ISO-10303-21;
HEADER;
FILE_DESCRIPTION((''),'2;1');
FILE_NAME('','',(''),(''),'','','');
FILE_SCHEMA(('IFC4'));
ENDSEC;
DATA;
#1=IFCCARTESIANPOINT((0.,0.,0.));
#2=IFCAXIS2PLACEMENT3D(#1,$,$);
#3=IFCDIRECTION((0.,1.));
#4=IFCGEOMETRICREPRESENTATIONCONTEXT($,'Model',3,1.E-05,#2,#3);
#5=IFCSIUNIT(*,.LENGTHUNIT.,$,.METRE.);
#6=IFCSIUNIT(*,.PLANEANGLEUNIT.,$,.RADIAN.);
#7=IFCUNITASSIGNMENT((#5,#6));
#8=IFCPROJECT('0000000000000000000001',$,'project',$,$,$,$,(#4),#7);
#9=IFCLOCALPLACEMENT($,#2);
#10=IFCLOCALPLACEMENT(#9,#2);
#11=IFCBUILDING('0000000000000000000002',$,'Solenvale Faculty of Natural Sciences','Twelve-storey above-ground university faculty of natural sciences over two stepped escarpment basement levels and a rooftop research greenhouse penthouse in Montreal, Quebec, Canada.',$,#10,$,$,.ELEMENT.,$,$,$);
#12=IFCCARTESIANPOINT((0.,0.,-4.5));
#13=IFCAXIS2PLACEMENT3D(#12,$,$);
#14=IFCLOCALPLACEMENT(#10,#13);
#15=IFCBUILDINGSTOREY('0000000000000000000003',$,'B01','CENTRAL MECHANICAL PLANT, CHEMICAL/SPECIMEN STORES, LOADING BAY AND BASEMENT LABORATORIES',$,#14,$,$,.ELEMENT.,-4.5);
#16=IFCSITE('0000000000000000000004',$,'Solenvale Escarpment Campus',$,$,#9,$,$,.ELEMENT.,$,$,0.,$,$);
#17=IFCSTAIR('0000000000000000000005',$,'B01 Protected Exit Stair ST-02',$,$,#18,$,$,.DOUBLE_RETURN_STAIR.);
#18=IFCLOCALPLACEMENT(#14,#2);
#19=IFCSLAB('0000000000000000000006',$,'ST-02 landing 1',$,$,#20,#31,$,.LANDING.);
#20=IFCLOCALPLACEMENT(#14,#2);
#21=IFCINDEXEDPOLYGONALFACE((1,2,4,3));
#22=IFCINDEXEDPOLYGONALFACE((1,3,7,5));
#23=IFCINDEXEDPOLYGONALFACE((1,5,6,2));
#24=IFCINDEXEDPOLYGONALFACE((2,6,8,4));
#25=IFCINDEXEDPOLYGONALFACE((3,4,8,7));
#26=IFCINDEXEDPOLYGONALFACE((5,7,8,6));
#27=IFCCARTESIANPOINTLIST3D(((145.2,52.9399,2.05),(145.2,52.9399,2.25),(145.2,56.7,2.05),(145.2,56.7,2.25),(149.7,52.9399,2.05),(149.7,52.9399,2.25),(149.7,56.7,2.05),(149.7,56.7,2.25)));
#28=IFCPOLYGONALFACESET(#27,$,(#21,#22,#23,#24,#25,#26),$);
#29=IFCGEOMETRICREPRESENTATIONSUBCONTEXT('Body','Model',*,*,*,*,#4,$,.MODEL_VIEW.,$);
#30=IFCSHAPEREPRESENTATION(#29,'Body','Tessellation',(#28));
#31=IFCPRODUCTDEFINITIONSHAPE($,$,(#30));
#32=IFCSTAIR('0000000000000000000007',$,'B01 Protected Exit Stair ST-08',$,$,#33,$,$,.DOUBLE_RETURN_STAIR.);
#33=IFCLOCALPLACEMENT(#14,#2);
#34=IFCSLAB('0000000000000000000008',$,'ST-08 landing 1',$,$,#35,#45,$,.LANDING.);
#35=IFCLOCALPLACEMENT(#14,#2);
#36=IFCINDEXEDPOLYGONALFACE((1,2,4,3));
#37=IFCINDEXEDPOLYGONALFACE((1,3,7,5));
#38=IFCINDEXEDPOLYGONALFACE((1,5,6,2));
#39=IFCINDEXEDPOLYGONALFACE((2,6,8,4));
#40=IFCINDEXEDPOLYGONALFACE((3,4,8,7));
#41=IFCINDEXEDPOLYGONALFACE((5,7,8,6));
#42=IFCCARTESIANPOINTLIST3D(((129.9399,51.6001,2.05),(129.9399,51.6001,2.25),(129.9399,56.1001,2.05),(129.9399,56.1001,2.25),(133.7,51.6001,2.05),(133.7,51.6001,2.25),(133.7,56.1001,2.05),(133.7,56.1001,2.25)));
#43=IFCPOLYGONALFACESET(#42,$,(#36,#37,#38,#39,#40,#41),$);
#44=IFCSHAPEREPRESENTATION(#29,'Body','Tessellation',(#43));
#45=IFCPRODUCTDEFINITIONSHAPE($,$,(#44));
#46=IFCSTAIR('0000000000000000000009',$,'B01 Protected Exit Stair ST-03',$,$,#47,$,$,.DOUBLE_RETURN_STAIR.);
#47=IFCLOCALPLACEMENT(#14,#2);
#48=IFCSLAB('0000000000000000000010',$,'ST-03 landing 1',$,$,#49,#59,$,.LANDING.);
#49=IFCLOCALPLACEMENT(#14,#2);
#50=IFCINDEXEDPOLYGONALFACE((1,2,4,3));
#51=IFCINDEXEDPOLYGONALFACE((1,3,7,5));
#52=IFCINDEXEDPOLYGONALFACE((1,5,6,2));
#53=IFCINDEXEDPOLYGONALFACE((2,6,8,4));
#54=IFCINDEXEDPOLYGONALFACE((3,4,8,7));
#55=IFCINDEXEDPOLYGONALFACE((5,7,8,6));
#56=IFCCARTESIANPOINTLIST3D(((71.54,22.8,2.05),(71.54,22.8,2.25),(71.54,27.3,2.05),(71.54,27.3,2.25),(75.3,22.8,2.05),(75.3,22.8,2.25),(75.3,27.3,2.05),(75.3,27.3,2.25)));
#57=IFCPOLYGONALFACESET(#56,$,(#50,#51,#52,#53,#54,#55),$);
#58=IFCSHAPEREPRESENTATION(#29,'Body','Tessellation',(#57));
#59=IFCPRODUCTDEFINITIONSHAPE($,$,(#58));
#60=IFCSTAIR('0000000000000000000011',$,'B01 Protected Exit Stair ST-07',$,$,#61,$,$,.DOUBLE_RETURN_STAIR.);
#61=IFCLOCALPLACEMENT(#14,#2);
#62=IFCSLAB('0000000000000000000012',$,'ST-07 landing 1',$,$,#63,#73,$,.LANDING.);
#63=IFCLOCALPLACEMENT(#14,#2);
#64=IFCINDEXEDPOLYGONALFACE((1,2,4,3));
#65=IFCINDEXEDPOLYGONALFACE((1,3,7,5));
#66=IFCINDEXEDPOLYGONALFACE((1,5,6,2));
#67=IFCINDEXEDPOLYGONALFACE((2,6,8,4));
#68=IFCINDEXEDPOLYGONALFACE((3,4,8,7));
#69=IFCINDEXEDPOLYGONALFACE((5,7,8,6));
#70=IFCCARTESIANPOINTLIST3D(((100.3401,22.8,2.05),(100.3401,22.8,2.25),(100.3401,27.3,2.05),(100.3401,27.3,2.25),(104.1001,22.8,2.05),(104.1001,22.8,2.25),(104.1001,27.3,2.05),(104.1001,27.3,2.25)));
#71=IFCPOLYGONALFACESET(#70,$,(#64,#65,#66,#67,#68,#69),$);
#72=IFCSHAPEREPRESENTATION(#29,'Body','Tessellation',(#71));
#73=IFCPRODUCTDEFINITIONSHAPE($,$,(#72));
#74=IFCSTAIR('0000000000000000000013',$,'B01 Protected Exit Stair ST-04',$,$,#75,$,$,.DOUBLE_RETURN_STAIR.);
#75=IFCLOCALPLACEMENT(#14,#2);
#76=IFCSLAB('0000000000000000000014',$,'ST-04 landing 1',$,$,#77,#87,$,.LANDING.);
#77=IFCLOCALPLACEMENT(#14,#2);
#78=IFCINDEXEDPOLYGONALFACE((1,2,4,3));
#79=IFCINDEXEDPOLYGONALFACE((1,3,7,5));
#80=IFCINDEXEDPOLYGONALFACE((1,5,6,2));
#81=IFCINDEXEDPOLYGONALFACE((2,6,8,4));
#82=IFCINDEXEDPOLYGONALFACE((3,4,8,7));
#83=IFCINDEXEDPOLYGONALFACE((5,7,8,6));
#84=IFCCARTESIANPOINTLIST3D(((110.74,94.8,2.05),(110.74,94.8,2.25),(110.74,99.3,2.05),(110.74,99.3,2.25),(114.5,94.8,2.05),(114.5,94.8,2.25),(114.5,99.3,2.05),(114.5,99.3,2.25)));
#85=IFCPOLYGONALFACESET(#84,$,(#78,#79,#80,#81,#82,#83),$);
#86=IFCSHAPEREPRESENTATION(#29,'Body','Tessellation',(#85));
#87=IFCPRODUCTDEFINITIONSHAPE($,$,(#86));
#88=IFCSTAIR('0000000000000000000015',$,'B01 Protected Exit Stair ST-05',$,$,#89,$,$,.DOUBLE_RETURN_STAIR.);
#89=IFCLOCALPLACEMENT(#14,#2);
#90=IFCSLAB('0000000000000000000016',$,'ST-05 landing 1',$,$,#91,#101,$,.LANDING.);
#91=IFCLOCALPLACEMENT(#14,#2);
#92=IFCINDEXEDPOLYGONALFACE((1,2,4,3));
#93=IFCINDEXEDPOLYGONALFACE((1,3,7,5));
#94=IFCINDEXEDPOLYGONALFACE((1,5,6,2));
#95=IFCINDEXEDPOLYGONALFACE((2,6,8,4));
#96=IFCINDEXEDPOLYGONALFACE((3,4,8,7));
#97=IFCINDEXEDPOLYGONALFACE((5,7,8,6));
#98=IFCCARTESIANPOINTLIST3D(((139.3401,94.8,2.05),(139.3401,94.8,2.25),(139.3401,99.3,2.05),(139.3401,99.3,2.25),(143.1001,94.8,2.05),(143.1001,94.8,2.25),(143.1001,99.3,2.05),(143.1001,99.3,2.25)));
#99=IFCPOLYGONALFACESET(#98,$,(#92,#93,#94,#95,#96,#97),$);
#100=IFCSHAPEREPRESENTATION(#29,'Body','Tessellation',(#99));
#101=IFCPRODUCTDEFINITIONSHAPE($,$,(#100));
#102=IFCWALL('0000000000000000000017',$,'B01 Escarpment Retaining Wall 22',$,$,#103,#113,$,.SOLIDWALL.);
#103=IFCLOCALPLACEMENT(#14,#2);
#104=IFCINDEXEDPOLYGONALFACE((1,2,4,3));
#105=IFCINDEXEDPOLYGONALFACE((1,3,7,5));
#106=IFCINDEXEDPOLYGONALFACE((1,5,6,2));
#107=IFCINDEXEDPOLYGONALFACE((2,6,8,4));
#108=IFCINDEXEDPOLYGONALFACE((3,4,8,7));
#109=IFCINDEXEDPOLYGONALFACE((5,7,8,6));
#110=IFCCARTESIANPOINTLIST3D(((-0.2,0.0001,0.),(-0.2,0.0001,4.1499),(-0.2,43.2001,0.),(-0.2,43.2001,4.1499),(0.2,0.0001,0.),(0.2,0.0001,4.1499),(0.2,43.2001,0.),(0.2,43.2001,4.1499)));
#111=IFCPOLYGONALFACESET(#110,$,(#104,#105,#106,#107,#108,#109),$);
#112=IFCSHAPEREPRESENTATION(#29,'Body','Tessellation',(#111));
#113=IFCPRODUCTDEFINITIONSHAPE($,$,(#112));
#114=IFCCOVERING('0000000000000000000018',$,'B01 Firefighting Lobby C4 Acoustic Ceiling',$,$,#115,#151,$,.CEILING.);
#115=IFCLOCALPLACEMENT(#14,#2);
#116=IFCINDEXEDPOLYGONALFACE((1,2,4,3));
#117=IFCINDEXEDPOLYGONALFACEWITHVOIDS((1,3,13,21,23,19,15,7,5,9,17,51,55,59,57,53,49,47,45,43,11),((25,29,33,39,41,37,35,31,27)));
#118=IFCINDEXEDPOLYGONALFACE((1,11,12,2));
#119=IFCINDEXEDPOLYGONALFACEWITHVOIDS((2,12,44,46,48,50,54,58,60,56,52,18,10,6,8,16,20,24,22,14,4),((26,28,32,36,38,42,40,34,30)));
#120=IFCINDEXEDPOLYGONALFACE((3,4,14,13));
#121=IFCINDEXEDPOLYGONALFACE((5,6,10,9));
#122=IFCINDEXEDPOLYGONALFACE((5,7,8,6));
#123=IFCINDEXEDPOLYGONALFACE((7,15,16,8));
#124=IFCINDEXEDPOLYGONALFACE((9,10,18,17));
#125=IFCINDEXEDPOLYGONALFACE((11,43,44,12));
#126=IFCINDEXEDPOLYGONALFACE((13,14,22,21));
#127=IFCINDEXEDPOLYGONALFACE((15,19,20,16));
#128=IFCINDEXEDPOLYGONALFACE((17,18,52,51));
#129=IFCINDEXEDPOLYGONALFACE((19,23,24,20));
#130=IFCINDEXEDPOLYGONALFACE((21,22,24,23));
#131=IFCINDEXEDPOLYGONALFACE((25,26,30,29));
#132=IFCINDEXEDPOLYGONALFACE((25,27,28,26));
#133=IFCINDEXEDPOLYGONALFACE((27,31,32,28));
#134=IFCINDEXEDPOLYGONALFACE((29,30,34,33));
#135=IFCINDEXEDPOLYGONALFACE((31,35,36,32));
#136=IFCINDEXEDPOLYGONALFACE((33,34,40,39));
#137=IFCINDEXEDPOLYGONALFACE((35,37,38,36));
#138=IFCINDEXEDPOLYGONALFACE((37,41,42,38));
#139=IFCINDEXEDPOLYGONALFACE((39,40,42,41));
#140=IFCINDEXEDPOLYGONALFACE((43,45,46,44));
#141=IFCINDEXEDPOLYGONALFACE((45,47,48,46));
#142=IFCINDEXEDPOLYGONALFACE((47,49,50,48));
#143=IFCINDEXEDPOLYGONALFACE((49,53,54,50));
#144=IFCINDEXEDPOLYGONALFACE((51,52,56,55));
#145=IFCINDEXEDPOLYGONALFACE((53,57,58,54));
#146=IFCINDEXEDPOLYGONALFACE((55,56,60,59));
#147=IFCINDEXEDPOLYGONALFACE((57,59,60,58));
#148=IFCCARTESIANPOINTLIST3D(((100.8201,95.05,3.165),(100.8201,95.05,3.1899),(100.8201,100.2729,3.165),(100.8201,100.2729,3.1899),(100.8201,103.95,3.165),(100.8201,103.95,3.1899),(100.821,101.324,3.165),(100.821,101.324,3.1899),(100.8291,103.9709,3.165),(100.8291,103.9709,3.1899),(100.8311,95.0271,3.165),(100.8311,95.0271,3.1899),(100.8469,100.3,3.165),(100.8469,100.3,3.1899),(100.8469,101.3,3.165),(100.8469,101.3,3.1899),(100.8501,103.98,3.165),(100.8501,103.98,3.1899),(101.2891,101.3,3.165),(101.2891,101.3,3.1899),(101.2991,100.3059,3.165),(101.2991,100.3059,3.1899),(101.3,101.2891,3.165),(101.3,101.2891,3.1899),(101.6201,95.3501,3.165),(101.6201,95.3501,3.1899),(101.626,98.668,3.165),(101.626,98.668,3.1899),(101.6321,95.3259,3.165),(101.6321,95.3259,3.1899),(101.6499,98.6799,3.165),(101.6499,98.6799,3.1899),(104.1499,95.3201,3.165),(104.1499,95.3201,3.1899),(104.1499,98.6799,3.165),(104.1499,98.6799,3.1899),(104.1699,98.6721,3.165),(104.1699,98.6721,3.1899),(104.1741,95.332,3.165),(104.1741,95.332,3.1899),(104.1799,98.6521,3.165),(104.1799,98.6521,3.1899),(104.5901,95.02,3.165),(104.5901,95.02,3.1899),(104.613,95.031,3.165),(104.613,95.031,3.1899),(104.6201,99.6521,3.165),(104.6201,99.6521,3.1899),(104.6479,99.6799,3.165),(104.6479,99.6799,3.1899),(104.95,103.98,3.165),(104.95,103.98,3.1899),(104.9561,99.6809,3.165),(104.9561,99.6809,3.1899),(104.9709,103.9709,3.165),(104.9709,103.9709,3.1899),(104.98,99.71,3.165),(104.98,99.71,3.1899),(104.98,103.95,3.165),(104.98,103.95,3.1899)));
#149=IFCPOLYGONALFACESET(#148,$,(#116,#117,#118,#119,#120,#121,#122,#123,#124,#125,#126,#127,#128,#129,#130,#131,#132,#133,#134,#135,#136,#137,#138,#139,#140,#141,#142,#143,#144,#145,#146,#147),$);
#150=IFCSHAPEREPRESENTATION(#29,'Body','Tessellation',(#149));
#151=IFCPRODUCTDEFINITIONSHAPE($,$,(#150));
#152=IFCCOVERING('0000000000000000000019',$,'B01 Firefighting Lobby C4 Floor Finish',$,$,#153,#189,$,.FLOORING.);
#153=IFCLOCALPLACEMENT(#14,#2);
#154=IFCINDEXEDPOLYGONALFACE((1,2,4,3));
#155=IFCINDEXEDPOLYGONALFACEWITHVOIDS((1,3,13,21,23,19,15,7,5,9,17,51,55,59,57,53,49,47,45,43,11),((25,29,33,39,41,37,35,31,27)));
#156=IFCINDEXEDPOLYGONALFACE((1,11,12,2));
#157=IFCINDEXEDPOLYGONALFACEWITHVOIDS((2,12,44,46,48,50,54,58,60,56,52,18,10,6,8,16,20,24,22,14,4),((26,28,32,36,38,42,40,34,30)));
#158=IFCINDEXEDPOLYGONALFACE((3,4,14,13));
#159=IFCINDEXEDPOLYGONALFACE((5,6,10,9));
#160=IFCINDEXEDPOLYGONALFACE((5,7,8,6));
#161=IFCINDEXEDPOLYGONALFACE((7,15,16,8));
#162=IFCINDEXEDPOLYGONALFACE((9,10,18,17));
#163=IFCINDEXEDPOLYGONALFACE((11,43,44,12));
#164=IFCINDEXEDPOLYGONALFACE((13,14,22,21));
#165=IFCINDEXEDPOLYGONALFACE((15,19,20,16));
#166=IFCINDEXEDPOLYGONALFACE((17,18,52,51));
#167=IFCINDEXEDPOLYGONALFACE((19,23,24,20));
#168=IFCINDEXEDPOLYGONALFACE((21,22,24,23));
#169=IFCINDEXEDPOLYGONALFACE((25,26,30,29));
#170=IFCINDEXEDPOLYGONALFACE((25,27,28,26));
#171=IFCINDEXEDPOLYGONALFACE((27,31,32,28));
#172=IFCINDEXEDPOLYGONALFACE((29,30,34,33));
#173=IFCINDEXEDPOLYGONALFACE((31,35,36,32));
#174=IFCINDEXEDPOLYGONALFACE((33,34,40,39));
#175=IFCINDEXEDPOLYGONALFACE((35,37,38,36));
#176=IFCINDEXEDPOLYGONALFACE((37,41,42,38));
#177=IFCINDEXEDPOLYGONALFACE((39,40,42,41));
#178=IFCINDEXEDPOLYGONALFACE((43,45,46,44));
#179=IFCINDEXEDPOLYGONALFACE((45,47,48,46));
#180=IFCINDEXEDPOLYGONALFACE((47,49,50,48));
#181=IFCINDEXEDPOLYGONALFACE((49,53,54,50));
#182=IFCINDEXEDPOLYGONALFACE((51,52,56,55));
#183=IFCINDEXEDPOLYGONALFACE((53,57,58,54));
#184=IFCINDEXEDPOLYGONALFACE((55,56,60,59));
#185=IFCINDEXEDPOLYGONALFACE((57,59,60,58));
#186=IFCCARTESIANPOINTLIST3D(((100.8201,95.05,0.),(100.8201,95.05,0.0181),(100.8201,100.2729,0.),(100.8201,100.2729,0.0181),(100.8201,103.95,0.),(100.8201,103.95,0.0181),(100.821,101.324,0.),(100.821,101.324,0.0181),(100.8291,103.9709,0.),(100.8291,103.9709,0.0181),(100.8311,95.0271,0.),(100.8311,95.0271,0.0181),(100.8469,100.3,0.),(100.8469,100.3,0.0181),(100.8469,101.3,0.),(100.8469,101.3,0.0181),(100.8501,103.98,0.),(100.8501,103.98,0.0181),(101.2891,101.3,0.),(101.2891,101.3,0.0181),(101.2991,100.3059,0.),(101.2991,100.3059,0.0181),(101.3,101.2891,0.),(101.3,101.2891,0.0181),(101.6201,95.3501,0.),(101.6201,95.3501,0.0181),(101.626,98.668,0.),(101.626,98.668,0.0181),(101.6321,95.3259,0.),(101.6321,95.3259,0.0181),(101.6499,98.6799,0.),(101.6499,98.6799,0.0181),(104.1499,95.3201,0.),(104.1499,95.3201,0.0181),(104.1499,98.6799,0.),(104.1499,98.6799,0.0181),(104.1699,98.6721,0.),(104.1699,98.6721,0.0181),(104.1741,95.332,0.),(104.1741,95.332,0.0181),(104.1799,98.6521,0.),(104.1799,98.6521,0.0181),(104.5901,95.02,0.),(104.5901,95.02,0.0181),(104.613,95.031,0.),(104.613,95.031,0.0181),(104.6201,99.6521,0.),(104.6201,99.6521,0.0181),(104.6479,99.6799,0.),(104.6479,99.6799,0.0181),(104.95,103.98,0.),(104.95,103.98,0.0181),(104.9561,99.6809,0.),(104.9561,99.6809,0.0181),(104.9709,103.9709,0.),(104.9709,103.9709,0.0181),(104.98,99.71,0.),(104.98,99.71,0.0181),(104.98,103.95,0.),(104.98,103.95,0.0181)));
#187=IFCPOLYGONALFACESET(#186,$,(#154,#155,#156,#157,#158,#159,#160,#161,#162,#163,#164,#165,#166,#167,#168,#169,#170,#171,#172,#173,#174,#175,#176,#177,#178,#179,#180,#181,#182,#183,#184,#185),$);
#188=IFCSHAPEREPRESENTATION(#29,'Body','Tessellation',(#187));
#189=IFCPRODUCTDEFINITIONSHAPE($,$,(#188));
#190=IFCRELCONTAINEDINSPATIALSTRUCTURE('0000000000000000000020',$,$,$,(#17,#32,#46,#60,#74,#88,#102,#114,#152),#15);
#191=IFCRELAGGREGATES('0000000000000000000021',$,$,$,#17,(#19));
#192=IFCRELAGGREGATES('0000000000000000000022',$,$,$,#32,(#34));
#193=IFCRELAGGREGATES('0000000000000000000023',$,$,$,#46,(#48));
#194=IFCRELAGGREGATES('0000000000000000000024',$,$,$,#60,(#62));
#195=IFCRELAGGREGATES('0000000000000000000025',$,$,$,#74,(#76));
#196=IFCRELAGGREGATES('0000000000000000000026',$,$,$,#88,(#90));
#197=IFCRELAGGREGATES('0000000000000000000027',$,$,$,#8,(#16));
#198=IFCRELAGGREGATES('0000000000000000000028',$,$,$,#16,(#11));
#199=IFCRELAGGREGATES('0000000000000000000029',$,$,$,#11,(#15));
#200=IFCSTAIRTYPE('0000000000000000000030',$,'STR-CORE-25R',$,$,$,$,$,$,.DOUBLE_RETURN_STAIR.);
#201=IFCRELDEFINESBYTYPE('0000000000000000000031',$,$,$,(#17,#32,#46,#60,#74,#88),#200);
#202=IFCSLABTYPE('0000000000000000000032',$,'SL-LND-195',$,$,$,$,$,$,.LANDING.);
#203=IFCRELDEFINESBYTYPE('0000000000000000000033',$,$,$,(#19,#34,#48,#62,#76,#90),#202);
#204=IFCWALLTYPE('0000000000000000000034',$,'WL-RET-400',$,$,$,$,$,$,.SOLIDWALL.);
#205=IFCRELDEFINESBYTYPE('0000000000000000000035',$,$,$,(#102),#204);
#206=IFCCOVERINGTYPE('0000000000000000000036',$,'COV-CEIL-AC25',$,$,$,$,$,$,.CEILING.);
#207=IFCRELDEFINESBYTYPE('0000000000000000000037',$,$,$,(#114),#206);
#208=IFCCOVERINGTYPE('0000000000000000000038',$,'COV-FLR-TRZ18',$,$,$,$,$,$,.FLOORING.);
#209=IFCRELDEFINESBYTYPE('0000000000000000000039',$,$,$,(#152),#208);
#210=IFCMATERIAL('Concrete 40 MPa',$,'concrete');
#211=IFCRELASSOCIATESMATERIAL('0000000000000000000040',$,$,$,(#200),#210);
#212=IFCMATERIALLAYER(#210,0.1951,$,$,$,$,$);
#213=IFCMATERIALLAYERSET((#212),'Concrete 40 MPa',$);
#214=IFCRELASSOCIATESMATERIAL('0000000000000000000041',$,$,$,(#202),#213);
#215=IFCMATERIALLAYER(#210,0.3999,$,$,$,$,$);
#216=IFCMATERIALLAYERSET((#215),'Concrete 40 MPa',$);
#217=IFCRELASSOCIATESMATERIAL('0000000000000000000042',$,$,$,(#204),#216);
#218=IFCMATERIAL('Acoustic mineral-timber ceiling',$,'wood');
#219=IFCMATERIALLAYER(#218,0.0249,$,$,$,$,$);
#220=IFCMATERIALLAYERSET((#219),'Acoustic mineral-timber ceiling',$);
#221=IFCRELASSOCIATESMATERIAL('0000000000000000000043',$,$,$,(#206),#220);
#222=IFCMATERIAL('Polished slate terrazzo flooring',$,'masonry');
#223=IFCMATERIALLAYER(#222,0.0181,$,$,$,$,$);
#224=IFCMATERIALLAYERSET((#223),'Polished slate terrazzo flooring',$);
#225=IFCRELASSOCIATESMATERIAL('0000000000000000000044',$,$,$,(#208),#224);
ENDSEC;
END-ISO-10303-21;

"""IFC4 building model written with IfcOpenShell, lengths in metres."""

from ifc_helpers import new_model, si_unit, direction, frame, frame_2d, origin, place, context, subcontext, project, spatial, polyline, rectangle, outline, extrude, material, layer, layer_set, type_object, element, aggregate, save


model = new_model("IFC4")

# Units and contexts
model_context = context("Model", 3, precision=1e-05, world=origin(), true_north=direction((0.0, 1.0)))
body_context = subcontext(model_context, "Body", "Model", "MODEL_VIEW")
ifc_project = project(units=[si_unit("LENGTHUNIT", "METRE"), si_unit("PLANEANGLEUNIT", "RADIAN")], contexts=[model_context])

# Site, building, storey
site_placement = place(None, origin())
site = spatial("IfcSite", under=ifc_project, at=site_placement, Name="Solenvale Escarpment Campus", CompositionType="ELEMENT", RefElevation=0.0)
building_placement = place(site_placement, origin())
building = spatial("IfcBuilding", under=site, at=building_placement, Name="Solenvale Faculty of Natural Sciences", Description="Twelve-storey above-ground university faculty of natural sciences over two stepped escarpment basement levels and a rooftop research greenhouse penthouse in Montreal, Quebec, Canada.", CompositionType="ELEMENT")
storey_placement = place(building_placement, frame((0.0, 0.0, -4.5)))
storey = spatial("IfcBuildingStorey", under=building, at=storey_placement, Name="B01", Description="CENTRAL MECHANICAL PLANT, CHEMICAL/SPECIMEN STORES, LOADING BAY AND BASEMENT LABORATORIES", CompositionType="ELEMENT", Elevation=-4.5)

# Shared definitions
ifc_material_1 = material(Name="Concrete 40 MPa", Category="concrete")

# Stairs, slabs
stair_type = type_object("IfcStairType", Name="STR-CORE-25R", PredefinedType="DOUBLE_RETURN_STAIR", material=ifc_material_1)
ifc_layer_1 = layer(ifc_material_1, 0.1951)
ifc_layer_set_1 = layer_set([ifc_layer_1], Name="Concrete 40 MPa")
slab_type_1 = type_object("IfcSlabType", Name="SL-LND-195", PredefinedType="LANDING", material=ifc_layer_set_1)
stair_1_placement = place(storey_placement, origin())
stair_1 = element("IfcStair", 1, at=stair_1_placement, inside=storey, type_object=stair_type, Name="B01 Protected Exit Stair ST-02", PredefinedType="DOUBLE_RETURN_STAIR")
slab_1_placement = place(storey_placement, frame((0.0, 0.0, 2.05)))
slab_1 = element("IfcSlab", 2, at=slab_1_placement, type_object=slab_type_1, Name="ST-02 landing 1", PredefinedType="LANDING", context=body_context, shape_type="SweptSolid", body=[
    extrude(outline(polyline([(149.7, 52.9399), (149.7, 56.7), (145.2, 56.7), (145.2, 52.9399), (149.7, 52.9399)])), origin(), (0.0, 0.0, 1.0), 0.2),
])
aggregate(stair_1, [slab_1])
stair_2_placement = place(storey_placement, origin())
stair_2 = element("IfcStair", 3, at=stair_2_placement, inside=storey, type_object=stair_type, Name="B01 Protected Exit Stair ST-08", PredefinedType="DOUBLE_RETURN_STAIR")
slab_2_placement = place(storey_placement, frame((0.0, 0.0, 2.05)))
slab_2 = element("IfcSlab", 4, at=slab_2_placement, type_object=slab_type_1, Name="ST-08 landing 1", PredefinedType="LANDING", context=body_context, shape_type="SweptSolid", body=[
    extrude(outline(polyline([(129.9399, 51.6001), (133.7, 51.6001), (133.7, 56.1001), (129.9399, 56.1001), (129.9399, 51.6001)])), origin(), (0.0, 0.0, 1.0), 0.2),
])
aggregate(stair_2, [slab_2])
stair_3_placement = place(storey_placement, origin())
stair_3 = element("IfcStair", 5, at=stair_3_placement, inside=storey, type_object=stair_type, Name="B01 Protected Exit Stair ST-03", PredefinedType="DOUBLE_RETURN_STAIR")
slab_3_placement = place(storey_placement, frame((0.0, 0.0, 2.05)))
slab_3 = element("IfcSlab", 6, at=slab_3_placement, type_object=slab_type_1, Name="ST-03 landing 1", PredefinedType="LANDING", context=body_context, shape_type="SweptSolid", body=[
    extrude(outline(polyline([(71.54, 22.8), (75.3, 22.8), (75.3, 27.3), (71.54, 27.3), (71.54, 22.8)])), origin(), (0.0, 0.0, 1.0), 0.2),
])
aggregate(stair_3, [slab_3])
stair_4_placement = place(storey_placement, origin())
stair_4 = element("IfcStair", 7, at=stair_4_placement, inside=storey, type_object=stair_type, Name="B01 Protected Exit Stair ST-07", PredefinedType="DOUBLE_RETURN_STAIR")
slab_4_placement = place(storey_placement, frame((0.0, 0.0, 2.05)))
slab_4 = element("IfcSlab", 8, at=slab_4_placement, type_object=slab_type_1, Name="ST-07 landing 1", PredefinedType="LANDING", context=body_context, shape_type="SweptSolid", body=[
    extrude(outline(polyline([(100.3401, 22.8), (104.1001, 22.8), (104.1001, 27.3), (100.3401, 27.3), (100.3401, 22.8)])), origin(), (0.0, 0.0, 1.0), 0.2),
])
aggregate(stair_4, [slab_4])
stair_5_placement = place(storey_placement, origin())
stair_5 = element("IfcStair", 9, at=stair_5_placement, inside=storey, type_object=stair_type, Name="B01 Protected Exit Stair ST-04", PredefinedType="DOUBLE_RETURN_STAIR")
slab_5_placement = place(storey_placement, frame((0.0, 0.0, 2.05)))
slab_5 = element("IfcSlab", 10, at=slab_5_placement, type_object=slab_type_1, Name="ST-04 landing 1", PredefinedType="LANDING", context=body_context, shape_type="SweptSolid", body=[
    extrude(outline(polyline([(110.74, 94.8), (114.5, 94.8), (114.5, 99.3), (110.74, 99.3), (110.74, 94.8)])), origin(), (0.0, 0.0, 1.0), 0.2),
])
aggregate(stair_5, [slab_5])
stair_6_placement = place(storey_placement, origin())
stair_6 = element("IfcStair", 11, at=stair_6_placement, inside=storey, type_object=stair_type, Name="B01 Protected Exit Stair ST-05", PredefinedType="DOUBLE_RETURN_STAIR")
slab_6_placement = place(storey_placement, frame((0.0, 0.0, 2.05)))
slab_6 = element("IfcSlab", 12, at=slab_6_placement, type_object=slab_type_1, Name="ST-05 landing 1", PredefinedType="LANDING", context=body_context, shape_type="SweptSolid", body=[
    extrude(outline(polyline([(139.3401, 94.8), (143.1001, 94.8), (143.1001, 99.3), (139.3401, 99.3), (139.3401, 94.8)])), origin(), (0.0, 0.0, 1.0), 0.2),
])
aggregate(stair_6, [slab_6])

# Wall
ifc_layer_2 = layer(ifc_material_1, 0.3999)
ifc_layer_set_2 = layer_set([ifc_layer_2], Name="Concrete 40 MPa")
wall_type = type_object("IfcWallType", Name="WL-RET-400", PredefinedType="SOLIDWALL", material=ifc_layer_set_2)
wall_placement = place(storey_placement, frame((0.0, 0.0, 0.0), z_axis=(0.0, 0.0, 1.0), x_axis=(0.0, 1.0, 0.0)))
element("IfcWall", 13, at=wall_placement, inside=storey, type_object=wall_type, Name="B01 Escarpment Retaining Wall 22", PredefinedType="SOLIDWALL", context=body_context, shape_type="SweptSolid", body=[
    extrude(rectangle(XDim=43.2, YDim=0.3999, at=frame_2d((21.6001, 0.0))), origin(), (0.0, 0.0, 1.0), 4.1499),
])

# Coverings
ifc_material_2 = material(Name="Acoustic mineral-timber ceiling", Category="wood")
ifc_layer_3 = layer(ifc_material_2, 0.0249)
ifc_layer_set_3 = layer_set([ifc_layer_3], Name="Acoustic mineral-timber ceiling")
covering_type_1 = type_object("IfcCoveringType", Name="COV-CEIL-AC25", PredefinedType="CEILING", material=ifc_layer_set_3)
covering_1_placement = place(storey_placement, frame((0.0, 0.0, 3.165)))
element("IfcCovering", 14, at=covering_1_placement, inside=storey, type_object=covering_type_1, Name="B01 Firefighting Lobby C4 Acoustic Ceiling", PredefinedType="CEILING", context=body_context, shape_type="SweptSolid", body=[
    extrude(outline(polyline([(104.98, 99.71), (104.9561, 99.6809), (104.6479, 99.6799), (104.6201, 99.6521), (104.613, 95.031), (104.5901, 95.02), (100.8311, 95.0271), (100.8201, 95.05), (100.8201, 100.2729), (100.8469, 100.3), (101.2991, 100.3059), (101.3, 101.2891), (101.2891, 101.3), (100.8469, 101.3), (100.821, 101.324), (100.8201, 103.95), (100.8291, 103.9709), (100.8501, 103.98), (104.95, 103.98), (104.9709, 103.9709), (104.98, 103.95), (104.98, 99.71)]), holes=[polyline([(104.1799, 98.6521), (104.1699, 98.6721), (104.1499, 98.6799), (101.6499, 98.6799), (101.626, 98.668), (101.6201, 95.3501), (101.6321, 95.3259), (104.1499, 95.3201), (104.1741, 95.332), (104.1799, 98.6521)])]), origin(), (0.0, 0.0, 1.0), 0.0249),
])
ifc_material_3 = material(Name="Polished slate terrazzo flooring", Category="masonry")
ifc_layer_4 = layer(ifc_material_3, 0.0181)
ifc_layer_set_4 = layer_set([ifc_layer_4], Name="Polished slate terrazzo flooring")
covering_type_2 = type_object("IfcCoveringType", Name="COV-FLR-TRZ18", PredefinedType="FLOORING", material=ifc_layer_set_4)
covering_2_placement = place(storey_placement, origin())
element("IfcCovering", 15, at=covering_2_placement, inside=storey, type_object=covering_type_2, Name="B01 Firefighting Lobby C4 Floor Finish", PredefinedType="FLOORING", context=body_context, shape_type="SweptSolid", body=[
    extrude(outline(polyline([(104.98, 99.71), (104.9561, 99.6809), (104.6479, 99.6799), (104.6201, 99.6521), (104.613, 95.031), (104.5901, 95.02), (100.8311, 95.0271), (100.8201, 95.05), (100.8201, 100.2729), (100.8469, 100.3), (101.2991, 100.3059), (101.3, 101.2891), (101.2891, 101.3), (100.8469, 101.3), (100.821, 101.324), (100.8201, 103.95), (100.8291, 103.9709), (100.8501, 103.98), (104.95, 103.98), (104.9709, 103.9709), (104.98, 103.95), (104.98, 99.71)]), holes=[polyline([(104.1799, 98.6521), (104.1699, 98.6721), (104.1499, 98.6799), (101.6499, 98.6799), (101.626, 98.668), (101.6201, 95.3501), (101.6321, 95.3259), (104.1499, 95.3201), (104.1741, 95.332), (104.1799, 98.6521)])]), origin(), (0.0, 0.0, 1.0), 0.0181),
])

save(model, "model.ifc")
